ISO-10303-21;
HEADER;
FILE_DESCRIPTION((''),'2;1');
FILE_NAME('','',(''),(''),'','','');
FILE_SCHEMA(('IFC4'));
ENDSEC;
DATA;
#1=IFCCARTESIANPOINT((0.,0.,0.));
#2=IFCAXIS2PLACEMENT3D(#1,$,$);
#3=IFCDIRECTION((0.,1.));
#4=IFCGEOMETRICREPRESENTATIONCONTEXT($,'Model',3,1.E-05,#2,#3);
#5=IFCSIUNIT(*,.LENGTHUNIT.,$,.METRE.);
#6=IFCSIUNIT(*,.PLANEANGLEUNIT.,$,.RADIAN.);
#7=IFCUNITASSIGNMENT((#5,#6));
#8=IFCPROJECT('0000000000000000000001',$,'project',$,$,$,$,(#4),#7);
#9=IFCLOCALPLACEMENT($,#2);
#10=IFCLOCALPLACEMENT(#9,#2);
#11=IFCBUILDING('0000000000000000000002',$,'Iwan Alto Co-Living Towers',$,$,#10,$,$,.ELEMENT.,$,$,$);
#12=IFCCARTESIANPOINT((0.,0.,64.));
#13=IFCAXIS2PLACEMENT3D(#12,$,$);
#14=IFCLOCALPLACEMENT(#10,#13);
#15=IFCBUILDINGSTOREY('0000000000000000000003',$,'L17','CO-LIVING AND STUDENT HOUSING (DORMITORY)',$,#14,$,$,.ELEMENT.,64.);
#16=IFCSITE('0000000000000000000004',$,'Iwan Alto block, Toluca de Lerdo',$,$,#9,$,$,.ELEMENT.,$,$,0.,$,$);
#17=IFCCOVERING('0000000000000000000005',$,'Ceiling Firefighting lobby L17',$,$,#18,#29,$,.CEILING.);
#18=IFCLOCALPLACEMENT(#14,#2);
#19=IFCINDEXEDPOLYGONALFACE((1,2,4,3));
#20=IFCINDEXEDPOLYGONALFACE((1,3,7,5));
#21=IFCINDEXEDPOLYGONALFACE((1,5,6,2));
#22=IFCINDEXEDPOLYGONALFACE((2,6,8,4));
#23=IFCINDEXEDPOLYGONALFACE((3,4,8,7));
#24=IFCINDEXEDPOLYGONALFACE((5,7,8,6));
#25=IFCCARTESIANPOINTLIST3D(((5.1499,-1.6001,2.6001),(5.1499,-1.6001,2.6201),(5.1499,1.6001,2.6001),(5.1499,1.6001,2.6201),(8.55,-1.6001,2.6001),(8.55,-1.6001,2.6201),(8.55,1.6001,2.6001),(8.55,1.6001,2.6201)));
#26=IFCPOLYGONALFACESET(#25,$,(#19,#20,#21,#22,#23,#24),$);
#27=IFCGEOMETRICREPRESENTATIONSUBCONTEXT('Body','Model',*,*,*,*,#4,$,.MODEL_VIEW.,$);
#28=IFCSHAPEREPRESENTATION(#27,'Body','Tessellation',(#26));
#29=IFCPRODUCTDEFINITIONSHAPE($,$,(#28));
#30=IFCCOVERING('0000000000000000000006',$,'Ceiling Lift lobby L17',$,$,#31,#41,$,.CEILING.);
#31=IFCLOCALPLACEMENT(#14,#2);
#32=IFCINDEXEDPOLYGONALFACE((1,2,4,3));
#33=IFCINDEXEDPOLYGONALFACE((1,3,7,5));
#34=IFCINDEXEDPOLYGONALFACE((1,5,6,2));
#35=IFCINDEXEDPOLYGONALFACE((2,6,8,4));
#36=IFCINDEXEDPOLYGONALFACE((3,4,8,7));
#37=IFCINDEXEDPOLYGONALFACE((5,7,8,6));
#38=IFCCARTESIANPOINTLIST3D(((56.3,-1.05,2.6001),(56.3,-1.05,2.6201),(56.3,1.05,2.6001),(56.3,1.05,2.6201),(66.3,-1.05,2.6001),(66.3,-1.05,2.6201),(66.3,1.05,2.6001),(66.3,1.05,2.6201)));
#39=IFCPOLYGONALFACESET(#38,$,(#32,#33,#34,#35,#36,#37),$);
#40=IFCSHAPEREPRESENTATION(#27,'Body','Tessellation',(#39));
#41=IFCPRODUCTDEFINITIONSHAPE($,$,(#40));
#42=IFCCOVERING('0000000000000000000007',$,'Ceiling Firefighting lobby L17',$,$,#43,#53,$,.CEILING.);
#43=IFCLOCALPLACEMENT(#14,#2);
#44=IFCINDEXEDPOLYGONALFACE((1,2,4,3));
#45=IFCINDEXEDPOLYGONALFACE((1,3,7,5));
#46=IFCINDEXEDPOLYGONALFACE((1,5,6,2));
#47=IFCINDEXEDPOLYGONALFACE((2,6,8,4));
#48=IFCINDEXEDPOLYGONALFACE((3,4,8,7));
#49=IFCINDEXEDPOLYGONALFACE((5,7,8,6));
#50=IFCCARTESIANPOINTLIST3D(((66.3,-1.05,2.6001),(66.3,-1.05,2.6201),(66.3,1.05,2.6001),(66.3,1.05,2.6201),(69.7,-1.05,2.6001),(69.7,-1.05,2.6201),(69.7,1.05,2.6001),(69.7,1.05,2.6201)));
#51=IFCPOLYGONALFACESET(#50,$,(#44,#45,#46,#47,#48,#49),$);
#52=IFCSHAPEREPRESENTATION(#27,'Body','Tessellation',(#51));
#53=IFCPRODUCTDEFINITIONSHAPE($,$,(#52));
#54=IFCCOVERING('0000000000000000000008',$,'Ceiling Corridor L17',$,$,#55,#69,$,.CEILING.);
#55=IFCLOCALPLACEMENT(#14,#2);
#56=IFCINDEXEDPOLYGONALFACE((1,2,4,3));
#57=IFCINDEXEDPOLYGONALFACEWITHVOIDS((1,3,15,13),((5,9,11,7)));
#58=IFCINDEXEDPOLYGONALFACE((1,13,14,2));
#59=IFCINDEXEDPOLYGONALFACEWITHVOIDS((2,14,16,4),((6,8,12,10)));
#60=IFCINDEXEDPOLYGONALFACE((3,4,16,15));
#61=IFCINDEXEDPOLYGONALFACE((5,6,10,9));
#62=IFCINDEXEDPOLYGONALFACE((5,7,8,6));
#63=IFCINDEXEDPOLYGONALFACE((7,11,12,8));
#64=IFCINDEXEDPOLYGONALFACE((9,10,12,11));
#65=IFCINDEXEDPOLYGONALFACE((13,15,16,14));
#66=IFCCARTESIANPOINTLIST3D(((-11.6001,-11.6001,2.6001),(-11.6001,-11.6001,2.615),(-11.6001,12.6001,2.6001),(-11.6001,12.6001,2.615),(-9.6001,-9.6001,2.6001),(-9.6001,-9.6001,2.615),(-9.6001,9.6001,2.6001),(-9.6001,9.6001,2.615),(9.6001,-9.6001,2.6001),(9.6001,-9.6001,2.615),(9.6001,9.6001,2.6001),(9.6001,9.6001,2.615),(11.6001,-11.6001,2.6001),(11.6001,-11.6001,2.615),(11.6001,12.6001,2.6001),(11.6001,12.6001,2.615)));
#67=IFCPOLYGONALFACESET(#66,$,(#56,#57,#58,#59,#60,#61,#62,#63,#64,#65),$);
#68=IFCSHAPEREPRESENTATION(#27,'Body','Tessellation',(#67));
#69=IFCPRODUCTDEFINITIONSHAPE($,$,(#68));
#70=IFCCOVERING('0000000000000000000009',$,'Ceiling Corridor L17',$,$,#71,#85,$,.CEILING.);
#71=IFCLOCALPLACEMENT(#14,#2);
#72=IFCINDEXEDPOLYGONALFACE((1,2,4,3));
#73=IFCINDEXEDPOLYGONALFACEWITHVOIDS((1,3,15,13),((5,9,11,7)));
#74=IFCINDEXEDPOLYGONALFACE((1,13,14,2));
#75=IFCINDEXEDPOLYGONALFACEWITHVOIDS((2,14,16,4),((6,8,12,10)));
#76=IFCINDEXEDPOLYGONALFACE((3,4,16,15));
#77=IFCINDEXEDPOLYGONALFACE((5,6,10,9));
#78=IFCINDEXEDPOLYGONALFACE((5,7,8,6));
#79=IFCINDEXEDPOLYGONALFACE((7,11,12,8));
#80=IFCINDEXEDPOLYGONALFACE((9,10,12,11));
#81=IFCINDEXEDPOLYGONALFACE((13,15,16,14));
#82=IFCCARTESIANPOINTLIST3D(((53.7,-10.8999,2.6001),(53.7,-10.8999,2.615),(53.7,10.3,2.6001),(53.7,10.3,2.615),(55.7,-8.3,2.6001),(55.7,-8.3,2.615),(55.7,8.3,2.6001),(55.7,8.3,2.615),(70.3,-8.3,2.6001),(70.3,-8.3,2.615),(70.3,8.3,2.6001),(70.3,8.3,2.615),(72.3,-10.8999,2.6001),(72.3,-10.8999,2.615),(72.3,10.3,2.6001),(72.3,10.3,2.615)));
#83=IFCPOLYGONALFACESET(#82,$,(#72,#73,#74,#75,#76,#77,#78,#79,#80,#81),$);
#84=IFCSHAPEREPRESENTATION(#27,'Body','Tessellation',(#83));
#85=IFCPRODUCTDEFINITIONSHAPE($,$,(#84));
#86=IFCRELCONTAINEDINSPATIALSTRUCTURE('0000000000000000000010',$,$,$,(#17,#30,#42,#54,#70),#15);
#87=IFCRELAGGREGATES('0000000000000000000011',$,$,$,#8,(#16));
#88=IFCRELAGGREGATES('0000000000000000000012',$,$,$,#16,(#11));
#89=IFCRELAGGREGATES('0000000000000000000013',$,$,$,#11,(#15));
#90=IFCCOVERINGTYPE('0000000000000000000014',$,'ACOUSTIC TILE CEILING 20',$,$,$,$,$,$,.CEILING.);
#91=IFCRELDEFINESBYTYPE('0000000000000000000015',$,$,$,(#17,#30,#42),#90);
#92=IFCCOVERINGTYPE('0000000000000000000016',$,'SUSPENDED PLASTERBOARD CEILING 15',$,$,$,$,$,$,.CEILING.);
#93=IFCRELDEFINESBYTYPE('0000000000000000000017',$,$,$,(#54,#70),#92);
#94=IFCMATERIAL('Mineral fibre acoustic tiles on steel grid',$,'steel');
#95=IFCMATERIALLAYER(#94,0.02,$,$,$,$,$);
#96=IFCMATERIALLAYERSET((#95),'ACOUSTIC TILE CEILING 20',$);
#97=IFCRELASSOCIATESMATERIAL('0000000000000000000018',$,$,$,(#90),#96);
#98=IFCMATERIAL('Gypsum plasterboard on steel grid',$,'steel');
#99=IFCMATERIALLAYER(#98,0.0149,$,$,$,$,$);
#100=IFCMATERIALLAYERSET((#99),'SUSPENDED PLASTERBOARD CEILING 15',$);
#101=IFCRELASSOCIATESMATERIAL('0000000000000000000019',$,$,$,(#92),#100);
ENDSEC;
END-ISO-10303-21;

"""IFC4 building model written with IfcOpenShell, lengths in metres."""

from ifc_helpers import new_model, si_unit, direction, frame, origin, place, context, subcontext, project, spatial, polyline, outline, extrude, material, layer, layer_set, type_object, element, save


model = new_model("IFC4")

# Units and contexts
model_context = context("Model", 3, precision=1e-05, world=origin(), true_north=direction((0.0, 1.0)))
body_context = subcontext(model_context, "Body", "Model", "MODEL_VIEW")
ifc_project = project(units=[si_unit("LENGTHUNIT", "METRE"), si_unit("PLANEANGLEUNIT", "RADIAN")], contexts=[model_context])

# Site, building, storey
site_placement = place(None, origin())
site = spatial("IfcSite", under=ifc_project, at=site_placement, Name="Iwan Alto block, Toluca de Lerdo", CompositionType="ELEMENT", RefElevation=0.0)
building_placement = place(site_placement, origin())
building = spatial("IfcBuilding", under=site, at=building_placement, Name="Iwan Alto Co-Living Towers", CompositionType="ELEMENT")
storey_placement = place(building_placement, frame((0.0, 0.0, 64.0)))
storey = spatial("IfcBuildingStorey", under=building, at=storey_placement, Name="L17", Description="CO-LIVING AND STUDENT HOUSING (DORMITORY)", CompositionType="ELEMENT", Elevation=64.0)

# Coverings
ifc_material_1 = material(Name="Mineral fibre acoustic tiles on steel grid", Category="steel")
ifc_layer_1 = layer(ifc_material_1, 0.02)
ifc_layer_set_1 = layer_set([ifc_layer_1], Name="ACOUSTIC TILE CEILING 20")
covering_type_1 = type_object("IfcCoveringType", Name="ACOUSTIC TILE CEILING 20", PredefinedType="CEILING", material=ifc_layer_set_1)
covering_1_placement = place(storey_placement, frame((0.0, 0.0, 2.6001)))
element("IfcCovering", 1, at=covering_1_placement, inside=storey, type_object=covering_type_1, Name="Ceiling Firefighting lobby L17", PredefinedType="CEILING", context=body_context, shape_type="SweptSolid", body=[
    extrude(outline(polyline([(5.1499, -1.6001), (5.1499, 1.6001), (8.55, 1.6001), (8.55, -1.6001), (5.1499, -1.6001)])), origin(), (0.0, 0.0, 1.0), 0.02),
])
covering_2_placement = place(storey_placement, frame((0.0, 0.0, 2.6001)))
element("IfcCovering", 2, at=covering_2_placement, inside=storey, type_object=covering_type_1, Name="Ceiling Lift lobby L17", PredefinedType="CEILING", context=body_context, shape_type="SweptSolid", body=[
    extrude(outline(polyline([(56.3, -1.05), (56.3, 1.05), (66.3, 1.05), (66.3, -1.05), (56.3, -1.05)])), origin(), (0.0, 0.0, 1.0), 0.02),
])
covering_3_placement = place(storey_placement, frame((0.0, 0.0, 2.6001)))
element("IfcCovering", 3, at=covering_3_placement, inside=storey, type_object=covering_type_1, Name="Ceiling Firefighting lobby L17", PredefinedType="CEILING", context=body_context, shape_type="SweptSolid", body=[
    extrude(outline(polyline([(66.3, -1.05), (66.3, 1.05), (69.7, 1.05), (69.7, -1.05), (66.3, -1.05)])), origin(), (0.0, 0.0, 1.0), 0.02),
])
ifc_material_2 = material(Name="Gypsum plasterboard on steel grid", Category="steel")
ifc_layer_2 = layer(ifc_material_2, 0.0149)
ifc_layer_set_2 = layer_set([ifc_layer_2], Name="SUSPENDED PLASTERBOARD CEILING 15")
covering_type_2 = type_object("IfcCoveringType", Name="SUSPENDED PLASTERBOARD CEILING 15", PredefinedType="CEILING", material=ifc_layer_set_2)
covering_4_placement = place(storey_placement, frame((0.0, 0.0, 2.6001)))
element("IfcCovering", 4, at=covering_4_placement, inside=storey, type_object=covering_type_2, Name="Ceiling Corridor L17", PredefinedType="CEILING", context=body_context, shape_type="SweptSolid", body=[
    extrude(outline(polyline([(-11.6001, 12.6001), (11.6001, 12.6001), (11.6001, -11.6001), (-11.6001, -11.6001), (-11.6001, 12.6001)]), holes=[polyline([(-9.6001, 9.6001), (-9.6001, -9.6001), (9.6001, -9.6001), (9.6001, 9.6001), (-9.6001, 9.6001)])]), origin(), (0.0, 0.0, 1.0), 0.0149),
])
covering_5_placement = place(storey_placement, frame((0.0, 0.0, 2.6001)))
element("IfcCovering", 5, at=covering_5_placement, inside=storey, type_object=covering_type_2, Name="Ceiling Corridor L17", PredefinedType="CEILING", context=body_context, shape_type="SweptSolid", body=[
    extrude(outline(polyline([(53.7, 10.3), (72.3, 10.3), (72.3, -10.8999), (53.7, -10.8999), (53.7, 10.3)]), holes=[polyline([(55.7, 8.3), (55.7, -8.3), (70.3, -8.3), (70.3, 8.3), (55.7, 8.3)])]), origin(), (0.0, 0.0, 1.0), 0.0149),
])

save(model, "model.ifc")
